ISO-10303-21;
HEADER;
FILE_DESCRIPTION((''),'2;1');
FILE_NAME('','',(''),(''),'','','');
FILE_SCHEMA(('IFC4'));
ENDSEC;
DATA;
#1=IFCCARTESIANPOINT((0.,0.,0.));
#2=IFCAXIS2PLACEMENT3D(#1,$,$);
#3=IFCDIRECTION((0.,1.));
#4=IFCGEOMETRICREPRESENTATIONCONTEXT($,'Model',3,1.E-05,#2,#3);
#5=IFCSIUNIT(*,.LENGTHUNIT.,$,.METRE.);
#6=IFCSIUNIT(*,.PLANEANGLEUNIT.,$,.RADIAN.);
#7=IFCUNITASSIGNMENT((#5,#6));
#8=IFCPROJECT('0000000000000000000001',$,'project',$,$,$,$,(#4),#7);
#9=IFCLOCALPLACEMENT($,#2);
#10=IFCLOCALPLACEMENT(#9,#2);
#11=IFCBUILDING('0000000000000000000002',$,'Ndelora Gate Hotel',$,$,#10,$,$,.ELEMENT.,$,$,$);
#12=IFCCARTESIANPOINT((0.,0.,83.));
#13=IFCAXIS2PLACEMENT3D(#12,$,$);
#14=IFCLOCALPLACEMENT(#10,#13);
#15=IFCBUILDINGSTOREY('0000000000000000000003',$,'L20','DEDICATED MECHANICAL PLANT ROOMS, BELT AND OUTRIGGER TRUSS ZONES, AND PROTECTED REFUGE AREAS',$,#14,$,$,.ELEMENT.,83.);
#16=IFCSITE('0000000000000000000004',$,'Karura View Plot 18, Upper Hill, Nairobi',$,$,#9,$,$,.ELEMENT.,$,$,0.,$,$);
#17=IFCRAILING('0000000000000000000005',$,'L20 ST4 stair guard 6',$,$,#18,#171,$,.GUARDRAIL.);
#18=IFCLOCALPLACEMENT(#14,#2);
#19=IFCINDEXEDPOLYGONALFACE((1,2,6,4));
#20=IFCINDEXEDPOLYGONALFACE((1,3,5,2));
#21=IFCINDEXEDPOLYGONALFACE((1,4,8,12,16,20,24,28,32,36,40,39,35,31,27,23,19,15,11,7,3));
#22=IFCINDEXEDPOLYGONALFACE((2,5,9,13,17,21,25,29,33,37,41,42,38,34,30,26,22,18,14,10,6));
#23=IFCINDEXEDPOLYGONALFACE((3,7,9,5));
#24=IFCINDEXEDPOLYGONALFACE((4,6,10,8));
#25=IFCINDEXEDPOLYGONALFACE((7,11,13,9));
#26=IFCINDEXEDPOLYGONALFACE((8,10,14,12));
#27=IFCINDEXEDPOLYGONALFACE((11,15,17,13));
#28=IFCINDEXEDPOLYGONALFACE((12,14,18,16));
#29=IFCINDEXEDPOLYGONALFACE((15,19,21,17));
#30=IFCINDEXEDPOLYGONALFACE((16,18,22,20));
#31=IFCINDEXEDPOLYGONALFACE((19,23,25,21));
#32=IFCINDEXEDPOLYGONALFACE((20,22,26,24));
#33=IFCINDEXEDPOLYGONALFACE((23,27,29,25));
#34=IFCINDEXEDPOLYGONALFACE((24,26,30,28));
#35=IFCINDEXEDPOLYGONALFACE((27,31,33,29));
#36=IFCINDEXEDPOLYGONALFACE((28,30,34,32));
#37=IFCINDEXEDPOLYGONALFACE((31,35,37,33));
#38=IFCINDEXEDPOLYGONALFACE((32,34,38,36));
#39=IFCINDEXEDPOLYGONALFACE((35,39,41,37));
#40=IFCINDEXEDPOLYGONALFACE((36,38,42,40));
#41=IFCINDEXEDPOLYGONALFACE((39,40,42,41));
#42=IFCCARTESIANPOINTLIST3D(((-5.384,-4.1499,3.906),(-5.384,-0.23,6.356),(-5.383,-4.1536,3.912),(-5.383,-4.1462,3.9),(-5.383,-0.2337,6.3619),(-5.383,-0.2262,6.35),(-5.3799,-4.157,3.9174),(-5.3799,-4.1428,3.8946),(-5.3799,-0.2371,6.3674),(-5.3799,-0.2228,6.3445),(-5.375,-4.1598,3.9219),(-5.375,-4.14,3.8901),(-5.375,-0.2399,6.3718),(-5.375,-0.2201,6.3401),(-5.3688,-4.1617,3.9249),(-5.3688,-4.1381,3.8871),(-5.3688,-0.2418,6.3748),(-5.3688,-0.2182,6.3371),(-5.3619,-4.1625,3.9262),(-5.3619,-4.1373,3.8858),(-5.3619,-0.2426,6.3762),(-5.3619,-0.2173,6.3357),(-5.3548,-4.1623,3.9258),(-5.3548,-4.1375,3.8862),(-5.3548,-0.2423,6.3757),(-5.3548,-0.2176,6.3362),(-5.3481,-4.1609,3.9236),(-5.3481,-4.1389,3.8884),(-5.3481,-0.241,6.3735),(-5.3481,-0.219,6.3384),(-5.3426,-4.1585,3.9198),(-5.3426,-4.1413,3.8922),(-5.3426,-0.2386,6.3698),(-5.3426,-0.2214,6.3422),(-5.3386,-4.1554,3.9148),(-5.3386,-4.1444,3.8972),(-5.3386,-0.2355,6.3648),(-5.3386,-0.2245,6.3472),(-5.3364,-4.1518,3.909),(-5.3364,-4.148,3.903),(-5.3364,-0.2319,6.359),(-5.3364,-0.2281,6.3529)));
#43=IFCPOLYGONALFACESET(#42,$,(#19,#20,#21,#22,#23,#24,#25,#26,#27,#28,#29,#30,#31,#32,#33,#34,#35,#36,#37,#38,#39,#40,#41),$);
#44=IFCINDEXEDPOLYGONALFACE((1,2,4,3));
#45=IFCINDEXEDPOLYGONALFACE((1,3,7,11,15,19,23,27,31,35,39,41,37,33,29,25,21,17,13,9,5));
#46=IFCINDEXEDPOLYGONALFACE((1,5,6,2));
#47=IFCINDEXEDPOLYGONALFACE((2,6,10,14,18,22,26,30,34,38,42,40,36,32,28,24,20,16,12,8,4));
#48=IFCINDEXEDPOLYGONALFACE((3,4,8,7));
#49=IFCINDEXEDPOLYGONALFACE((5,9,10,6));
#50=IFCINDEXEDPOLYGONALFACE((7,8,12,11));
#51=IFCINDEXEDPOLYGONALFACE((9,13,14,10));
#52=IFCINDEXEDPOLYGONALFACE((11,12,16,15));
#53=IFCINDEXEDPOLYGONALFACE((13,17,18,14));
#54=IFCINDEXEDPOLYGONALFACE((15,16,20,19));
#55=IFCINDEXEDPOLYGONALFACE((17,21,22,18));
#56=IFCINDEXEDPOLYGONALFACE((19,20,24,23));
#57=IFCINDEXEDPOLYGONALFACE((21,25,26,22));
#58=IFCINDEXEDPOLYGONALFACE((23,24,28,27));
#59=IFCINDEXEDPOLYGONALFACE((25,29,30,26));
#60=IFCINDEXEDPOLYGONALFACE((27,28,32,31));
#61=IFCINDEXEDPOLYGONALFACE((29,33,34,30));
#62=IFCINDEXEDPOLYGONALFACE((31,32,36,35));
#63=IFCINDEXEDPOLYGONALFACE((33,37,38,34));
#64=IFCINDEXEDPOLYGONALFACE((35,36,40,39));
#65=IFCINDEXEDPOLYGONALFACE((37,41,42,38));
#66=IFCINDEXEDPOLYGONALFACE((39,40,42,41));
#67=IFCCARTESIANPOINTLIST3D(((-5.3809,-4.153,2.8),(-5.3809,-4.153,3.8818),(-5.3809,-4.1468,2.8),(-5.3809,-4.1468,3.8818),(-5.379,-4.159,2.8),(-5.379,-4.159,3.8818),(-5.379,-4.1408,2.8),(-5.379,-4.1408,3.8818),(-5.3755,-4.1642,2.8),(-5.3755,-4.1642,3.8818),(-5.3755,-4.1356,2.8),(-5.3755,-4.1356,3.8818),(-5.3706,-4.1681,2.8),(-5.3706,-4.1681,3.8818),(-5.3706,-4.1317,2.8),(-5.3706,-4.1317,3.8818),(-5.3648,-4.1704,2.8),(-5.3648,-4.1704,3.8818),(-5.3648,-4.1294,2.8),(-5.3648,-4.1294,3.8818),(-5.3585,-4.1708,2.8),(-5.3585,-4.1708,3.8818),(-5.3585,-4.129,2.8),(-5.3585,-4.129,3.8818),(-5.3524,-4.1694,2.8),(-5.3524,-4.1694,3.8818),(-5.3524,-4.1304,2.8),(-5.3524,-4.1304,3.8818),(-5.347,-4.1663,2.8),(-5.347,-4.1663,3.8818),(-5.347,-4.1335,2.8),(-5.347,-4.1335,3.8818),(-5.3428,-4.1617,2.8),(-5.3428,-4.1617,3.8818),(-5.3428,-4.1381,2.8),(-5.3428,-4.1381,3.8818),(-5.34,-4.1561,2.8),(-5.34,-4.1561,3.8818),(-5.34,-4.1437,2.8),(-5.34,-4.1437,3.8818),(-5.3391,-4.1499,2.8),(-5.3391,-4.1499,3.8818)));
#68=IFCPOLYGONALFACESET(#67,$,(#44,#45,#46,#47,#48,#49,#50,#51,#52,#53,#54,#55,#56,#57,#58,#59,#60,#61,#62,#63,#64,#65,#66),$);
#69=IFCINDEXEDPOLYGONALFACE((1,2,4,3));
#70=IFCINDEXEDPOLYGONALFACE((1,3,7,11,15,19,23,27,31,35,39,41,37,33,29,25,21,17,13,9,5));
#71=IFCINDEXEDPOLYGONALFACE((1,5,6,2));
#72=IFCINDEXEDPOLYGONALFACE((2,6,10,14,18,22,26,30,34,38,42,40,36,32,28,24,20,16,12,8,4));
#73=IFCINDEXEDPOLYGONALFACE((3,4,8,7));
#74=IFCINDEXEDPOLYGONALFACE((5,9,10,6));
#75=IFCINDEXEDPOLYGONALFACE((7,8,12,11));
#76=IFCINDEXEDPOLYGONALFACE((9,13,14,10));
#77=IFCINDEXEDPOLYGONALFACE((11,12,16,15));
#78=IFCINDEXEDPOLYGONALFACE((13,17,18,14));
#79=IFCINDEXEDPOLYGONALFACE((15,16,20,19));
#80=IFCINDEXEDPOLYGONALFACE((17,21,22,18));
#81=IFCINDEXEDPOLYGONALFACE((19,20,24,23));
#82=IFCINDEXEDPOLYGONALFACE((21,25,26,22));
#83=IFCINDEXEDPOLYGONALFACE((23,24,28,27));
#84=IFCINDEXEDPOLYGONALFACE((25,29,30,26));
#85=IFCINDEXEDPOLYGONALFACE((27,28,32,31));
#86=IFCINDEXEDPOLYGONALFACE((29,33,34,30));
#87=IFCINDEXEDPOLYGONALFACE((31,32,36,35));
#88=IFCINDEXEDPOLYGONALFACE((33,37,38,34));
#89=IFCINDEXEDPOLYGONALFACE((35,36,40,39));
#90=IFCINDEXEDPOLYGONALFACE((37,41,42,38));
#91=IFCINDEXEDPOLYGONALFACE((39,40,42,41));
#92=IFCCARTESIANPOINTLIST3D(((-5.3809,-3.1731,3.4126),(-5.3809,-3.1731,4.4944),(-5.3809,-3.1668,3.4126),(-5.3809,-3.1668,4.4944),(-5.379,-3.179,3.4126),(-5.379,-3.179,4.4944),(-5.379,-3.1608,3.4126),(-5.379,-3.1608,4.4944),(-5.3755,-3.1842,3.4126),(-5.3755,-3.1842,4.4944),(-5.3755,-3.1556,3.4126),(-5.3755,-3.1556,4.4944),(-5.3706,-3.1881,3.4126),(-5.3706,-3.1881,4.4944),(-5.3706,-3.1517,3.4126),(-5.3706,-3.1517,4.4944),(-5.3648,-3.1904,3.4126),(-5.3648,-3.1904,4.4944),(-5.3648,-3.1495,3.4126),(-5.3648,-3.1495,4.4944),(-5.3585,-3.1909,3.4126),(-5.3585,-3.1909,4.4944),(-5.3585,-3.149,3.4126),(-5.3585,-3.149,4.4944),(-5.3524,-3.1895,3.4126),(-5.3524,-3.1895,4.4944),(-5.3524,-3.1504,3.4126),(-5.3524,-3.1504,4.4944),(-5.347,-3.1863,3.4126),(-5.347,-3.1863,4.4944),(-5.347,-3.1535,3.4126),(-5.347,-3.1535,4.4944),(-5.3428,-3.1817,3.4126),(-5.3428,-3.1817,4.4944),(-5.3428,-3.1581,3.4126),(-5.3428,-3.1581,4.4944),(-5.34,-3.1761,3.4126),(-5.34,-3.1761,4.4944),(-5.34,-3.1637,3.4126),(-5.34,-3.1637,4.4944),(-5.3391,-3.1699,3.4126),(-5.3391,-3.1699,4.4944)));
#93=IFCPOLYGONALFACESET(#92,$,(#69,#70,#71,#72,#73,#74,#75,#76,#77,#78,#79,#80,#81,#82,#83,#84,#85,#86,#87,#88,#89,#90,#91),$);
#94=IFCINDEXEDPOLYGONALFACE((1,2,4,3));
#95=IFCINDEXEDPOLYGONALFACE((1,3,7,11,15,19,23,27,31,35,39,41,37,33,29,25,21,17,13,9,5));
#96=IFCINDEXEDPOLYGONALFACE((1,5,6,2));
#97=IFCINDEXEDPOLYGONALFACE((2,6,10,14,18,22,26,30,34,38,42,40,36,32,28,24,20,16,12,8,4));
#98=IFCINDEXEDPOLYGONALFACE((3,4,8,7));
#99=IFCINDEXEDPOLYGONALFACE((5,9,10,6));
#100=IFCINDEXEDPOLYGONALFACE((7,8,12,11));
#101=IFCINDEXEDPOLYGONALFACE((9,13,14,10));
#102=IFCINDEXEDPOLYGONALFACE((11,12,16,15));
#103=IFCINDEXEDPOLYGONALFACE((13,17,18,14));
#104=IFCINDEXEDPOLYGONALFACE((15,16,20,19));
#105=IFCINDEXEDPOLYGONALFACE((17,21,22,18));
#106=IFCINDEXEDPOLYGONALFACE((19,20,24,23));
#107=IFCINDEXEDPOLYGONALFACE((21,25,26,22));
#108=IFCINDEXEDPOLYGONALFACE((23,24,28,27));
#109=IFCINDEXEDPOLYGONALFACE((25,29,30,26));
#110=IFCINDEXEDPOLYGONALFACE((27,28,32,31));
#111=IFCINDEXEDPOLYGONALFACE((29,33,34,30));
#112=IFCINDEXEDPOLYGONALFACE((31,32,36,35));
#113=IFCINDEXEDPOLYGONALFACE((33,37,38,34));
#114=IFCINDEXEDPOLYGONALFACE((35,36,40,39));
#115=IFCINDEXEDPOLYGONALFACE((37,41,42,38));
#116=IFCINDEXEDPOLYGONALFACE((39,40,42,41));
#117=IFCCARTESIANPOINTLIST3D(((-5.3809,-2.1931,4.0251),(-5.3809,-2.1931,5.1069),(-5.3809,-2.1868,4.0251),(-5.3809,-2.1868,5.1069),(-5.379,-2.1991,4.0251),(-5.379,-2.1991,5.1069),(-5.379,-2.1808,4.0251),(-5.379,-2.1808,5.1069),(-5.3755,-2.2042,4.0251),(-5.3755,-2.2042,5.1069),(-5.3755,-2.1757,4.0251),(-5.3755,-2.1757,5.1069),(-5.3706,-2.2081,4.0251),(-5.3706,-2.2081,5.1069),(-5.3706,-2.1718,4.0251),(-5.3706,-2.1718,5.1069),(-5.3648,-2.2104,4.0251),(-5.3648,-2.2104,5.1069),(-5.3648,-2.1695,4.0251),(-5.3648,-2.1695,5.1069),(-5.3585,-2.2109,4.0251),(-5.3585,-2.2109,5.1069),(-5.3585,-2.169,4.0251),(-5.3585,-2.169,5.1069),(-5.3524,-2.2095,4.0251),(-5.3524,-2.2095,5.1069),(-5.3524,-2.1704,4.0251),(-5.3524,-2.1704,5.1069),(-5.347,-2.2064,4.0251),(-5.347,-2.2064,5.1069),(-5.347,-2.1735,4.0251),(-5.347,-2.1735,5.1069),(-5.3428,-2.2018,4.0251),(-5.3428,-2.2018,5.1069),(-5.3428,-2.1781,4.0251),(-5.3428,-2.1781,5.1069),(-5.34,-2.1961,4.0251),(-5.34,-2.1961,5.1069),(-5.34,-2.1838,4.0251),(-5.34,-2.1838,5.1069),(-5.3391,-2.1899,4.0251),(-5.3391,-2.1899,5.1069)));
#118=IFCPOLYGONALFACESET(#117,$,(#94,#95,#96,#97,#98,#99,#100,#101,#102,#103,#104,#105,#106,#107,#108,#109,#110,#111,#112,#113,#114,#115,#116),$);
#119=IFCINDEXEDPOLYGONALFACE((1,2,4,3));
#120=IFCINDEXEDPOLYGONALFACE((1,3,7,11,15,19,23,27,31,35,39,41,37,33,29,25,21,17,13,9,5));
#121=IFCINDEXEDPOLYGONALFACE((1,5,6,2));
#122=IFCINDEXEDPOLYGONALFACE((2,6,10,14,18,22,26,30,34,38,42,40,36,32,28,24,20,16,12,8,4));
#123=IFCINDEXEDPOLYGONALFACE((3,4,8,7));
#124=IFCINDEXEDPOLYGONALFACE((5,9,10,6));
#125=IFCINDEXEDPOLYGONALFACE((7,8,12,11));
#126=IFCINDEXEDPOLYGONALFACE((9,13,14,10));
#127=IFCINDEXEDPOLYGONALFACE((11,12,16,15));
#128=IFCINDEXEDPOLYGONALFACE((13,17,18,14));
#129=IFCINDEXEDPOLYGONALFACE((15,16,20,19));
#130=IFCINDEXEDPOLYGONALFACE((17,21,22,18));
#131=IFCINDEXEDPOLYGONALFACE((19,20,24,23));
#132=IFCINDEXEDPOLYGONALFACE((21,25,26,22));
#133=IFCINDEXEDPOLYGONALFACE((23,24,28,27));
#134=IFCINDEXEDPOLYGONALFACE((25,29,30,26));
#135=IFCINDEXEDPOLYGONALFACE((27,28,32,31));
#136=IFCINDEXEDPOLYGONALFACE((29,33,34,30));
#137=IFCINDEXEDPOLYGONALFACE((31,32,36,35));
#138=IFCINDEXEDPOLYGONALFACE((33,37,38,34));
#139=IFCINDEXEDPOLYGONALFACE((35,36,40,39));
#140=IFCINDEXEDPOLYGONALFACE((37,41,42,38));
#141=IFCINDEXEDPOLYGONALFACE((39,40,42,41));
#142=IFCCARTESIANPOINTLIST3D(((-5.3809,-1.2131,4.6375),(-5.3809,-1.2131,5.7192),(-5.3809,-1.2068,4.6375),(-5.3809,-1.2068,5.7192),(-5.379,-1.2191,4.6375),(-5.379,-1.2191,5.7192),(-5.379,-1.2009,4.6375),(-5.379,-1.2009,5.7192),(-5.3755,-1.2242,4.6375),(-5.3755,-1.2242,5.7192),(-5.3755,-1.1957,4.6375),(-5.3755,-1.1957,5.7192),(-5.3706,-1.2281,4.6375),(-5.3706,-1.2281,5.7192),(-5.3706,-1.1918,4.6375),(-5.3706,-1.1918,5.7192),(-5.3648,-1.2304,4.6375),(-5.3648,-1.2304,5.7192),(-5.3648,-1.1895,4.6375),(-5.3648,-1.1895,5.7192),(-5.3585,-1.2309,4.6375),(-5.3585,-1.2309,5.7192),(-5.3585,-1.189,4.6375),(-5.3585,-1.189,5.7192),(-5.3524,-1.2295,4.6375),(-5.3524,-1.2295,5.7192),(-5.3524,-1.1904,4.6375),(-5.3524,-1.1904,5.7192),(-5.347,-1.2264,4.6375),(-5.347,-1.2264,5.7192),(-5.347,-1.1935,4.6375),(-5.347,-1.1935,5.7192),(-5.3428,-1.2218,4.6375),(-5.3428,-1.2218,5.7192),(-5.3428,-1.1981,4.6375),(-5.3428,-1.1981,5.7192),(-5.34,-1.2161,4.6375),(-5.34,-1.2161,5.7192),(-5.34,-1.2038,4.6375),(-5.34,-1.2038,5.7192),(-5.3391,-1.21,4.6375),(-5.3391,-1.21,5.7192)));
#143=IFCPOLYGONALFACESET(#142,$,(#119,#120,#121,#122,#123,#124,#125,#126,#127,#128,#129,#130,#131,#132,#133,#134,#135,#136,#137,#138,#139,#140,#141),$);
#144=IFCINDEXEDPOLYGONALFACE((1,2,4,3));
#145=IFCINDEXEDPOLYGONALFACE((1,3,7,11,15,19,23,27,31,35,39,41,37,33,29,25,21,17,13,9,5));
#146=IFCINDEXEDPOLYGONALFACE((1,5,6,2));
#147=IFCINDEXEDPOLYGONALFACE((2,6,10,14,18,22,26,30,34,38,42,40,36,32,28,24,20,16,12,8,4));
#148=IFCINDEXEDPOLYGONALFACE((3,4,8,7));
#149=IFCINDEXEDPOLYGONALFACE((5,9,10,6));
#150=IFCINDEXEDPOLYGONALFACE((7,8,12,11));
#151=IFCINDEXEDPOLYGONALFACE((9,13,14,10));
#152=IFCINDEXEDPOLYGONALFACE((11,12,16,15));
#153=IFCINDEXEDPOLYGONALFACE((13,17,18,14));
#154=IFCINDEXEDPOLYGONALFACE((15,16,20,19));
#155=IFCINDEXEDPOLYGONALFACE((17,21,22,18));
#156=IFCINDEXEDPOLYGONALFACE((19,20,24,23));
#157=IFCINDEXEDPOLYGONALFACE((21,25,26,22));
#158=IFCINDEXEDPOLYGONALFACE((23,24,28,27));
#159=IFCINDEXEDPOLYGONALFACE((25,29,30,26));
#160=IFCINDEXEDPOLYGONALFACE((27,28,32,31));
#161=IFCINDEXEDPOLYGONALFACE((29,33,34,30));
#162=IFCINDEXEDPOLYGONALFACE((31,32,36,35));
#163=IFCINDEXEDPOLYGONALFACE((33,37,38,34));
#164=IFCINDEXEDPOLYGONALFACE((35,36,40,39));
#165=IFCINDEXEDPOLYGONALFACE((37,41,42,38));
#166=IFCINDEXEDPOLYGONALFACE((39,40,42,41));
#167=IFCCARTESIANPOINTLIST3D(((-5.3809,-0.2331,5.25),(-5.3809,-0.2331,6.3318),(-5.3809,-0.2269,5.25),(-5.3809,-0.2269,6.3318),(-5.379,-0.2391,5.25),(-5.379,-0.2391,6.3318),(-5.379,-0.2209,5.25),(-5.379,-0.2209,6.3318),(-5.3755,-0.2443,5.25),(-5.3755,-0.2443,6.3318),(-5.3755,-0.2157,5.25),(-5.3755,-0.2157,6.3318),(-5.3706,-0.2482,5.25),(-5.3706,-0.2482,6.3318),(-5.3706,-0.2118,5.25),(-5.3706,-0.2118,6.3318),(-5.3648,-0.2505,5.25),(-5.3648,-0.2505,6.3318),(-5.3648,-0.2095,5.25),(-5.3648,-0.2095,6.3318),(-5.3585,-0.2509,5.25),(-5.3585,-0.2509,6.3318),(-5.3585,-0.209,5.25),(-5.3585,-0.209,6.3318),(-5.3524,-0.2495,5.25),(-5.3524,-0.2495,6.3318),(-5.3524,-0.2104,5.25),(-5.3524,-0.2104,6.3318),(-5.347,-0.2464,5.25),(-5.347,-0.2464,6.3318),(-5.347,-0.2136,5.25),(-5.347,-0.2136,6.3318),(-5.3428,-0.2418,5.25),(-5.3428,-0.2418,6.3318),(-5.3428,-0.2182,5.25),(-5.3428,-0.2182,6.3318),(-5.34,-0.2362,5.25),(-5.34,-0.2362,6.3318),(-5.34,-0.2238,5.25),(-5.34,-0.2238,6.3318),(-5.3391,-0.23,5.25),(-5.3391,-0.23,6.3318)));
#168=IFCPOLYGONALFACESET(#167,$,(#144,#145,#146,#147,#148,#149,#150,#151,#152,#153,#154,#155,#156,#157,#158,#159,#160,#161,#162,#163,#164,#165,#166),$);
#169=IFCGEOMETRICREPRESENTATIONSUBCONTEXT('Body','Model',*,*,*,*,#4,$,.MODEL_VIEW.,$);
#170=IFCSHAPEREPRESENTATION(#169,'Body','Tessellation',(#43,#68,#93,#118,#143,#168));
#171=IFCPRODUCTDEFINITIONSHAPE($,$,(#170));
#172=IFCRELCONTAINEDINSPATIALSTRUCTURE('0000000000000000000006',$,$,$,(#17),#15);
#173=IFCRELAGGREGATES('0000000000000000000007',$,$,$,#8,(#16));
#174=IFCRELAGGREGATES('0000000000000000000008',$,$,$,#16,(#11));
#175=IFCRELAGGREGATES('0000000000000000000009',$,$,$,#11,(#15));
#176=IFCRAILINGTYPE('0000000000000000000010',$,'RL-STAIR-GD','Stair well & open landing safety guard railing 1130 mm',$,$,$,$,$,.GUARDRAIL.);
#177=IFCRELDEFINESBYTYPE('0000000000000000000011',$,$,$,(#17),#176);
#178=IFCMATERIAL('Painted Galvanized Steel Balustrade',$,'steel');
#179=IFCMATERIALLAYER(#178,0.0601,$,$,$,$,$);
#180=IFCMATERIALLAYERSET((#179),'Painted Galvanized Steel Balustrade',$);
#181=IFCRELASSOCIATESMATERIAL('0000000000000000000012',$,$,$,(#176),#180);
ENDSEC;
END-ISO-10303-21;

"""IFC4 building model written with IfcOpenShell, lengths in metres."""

from ifc_helpers import new_model, si_unit, direction, frame, origin, origin_2d, place, context, subcontext, project, spatial, circle, extrude, material, layer, layer_set, type_object, element, save


model = new_model("IFC4")

# Units and contexts
model_context = context("Model", 3, precision=1e-05, world=origin(), true_north=direction((0.0, 1.0)))
body_context = subcontext(model_context, "Body", "Model", "MODEL_VIEW")
ifc_project = project(units=[si_unit("LENGTHUNIT", "METRE"), si_unit("PLANEANGLEUNIT", "RADIAN")], contexts=[model_context])

# Site, building, storey
site_placement = place(None, origin())
site = spatial("IfcSite", under=ifc_project, at=site_placement, Name="Karura View Plot 18, Upper Hill, Nairobi", CompositionType="ELEMENT", RefElevation=0.0)
building_placement = place(site_placement, origin())
building = spatial("IfcBuilding", under=site, at=building_placement, Name="Ndelora Gate Hotel", CompositionType="ELEMENT")
storey_placement = place(building_placement, frame((0.0, 0.0, 83.0)))
storey = spatial("IfcBuildingStorey", under=building, at=storey_placement, Name="L20", Description="DEDICATED MECHANICAL PLANT ROOMS, BELT AND OUTRIGGER TRUSS ZONES, AND PROTECTED REFUGE AREAS", CompositionType="ELEMENT", Elevation=83.0)

# Railing
ifc_material_1 = material(Name="Painted Galvanized Steel Balustrade", Category="steel")
ifc_layer_1 = layer(ifc_material_1, 0.0601)
ifc_layer_set_1 = layer_set([ifc_layer_1], Name="Painted Galvanized Steel Balustrade")
railing_type_1 = type_object("IfcRailingType", Name="RL-STAIR-GD", Description="Stair well & open landing safety guard railing 1130 mm", PredefinedType="GUARDRAIL", material=ifc_layer_set_1)
railing_1_placement = place(storey_placement, frame((-5.3601, -4.1499, 2.8)))
element("IfcRailing", 1, at=railing_1_placement, inside=storey, type_object=railing_type_1, Name="L20 ST4 stair guard 6", PredefinedType="GUARDRAIL", context=body_context, shape_type="SweptSolid", body=[
    extrude(circle(Radius=0.0239, at=origin_2d()), frame((0.0, 0.0, 1.106), z_axis=(0.0, 0.847998, 0.529999), x_axis=(-1.0, 0.0, 0.0)), (0.0, 0.0, 1.0), 4.6226),
    extrude(circle(Radius=0.021, at=origin_2d()), origin(), (0.0, 0.0, 1.0), 1.0818),
    extrude(circle(Radius=0.021, at=origin_2d()), frame((0.0, 0.98, 0.6125)), (0.0, 0.0, 1.0), 1.0818),
    extrude(circle(Radius=0.021, at=origin_2d()), frame((0.0, 1.96, 1.2251)), (0.0, 0.0, 1.0), 1.0818),
    extrude(circle(Radius=0.021, at=origin_2d()), frame((0.0, 2.9399, 1.8374)), (0.0, 0.0, 1.0), 1.0818),
    extrude(circle(Radius=0.021, at=origin_2d()), frame((0.0, 3.9199, 2.45)), (0.0, 0.0, 1.0), 1.0818),
])

save(model, "model.ifc")
